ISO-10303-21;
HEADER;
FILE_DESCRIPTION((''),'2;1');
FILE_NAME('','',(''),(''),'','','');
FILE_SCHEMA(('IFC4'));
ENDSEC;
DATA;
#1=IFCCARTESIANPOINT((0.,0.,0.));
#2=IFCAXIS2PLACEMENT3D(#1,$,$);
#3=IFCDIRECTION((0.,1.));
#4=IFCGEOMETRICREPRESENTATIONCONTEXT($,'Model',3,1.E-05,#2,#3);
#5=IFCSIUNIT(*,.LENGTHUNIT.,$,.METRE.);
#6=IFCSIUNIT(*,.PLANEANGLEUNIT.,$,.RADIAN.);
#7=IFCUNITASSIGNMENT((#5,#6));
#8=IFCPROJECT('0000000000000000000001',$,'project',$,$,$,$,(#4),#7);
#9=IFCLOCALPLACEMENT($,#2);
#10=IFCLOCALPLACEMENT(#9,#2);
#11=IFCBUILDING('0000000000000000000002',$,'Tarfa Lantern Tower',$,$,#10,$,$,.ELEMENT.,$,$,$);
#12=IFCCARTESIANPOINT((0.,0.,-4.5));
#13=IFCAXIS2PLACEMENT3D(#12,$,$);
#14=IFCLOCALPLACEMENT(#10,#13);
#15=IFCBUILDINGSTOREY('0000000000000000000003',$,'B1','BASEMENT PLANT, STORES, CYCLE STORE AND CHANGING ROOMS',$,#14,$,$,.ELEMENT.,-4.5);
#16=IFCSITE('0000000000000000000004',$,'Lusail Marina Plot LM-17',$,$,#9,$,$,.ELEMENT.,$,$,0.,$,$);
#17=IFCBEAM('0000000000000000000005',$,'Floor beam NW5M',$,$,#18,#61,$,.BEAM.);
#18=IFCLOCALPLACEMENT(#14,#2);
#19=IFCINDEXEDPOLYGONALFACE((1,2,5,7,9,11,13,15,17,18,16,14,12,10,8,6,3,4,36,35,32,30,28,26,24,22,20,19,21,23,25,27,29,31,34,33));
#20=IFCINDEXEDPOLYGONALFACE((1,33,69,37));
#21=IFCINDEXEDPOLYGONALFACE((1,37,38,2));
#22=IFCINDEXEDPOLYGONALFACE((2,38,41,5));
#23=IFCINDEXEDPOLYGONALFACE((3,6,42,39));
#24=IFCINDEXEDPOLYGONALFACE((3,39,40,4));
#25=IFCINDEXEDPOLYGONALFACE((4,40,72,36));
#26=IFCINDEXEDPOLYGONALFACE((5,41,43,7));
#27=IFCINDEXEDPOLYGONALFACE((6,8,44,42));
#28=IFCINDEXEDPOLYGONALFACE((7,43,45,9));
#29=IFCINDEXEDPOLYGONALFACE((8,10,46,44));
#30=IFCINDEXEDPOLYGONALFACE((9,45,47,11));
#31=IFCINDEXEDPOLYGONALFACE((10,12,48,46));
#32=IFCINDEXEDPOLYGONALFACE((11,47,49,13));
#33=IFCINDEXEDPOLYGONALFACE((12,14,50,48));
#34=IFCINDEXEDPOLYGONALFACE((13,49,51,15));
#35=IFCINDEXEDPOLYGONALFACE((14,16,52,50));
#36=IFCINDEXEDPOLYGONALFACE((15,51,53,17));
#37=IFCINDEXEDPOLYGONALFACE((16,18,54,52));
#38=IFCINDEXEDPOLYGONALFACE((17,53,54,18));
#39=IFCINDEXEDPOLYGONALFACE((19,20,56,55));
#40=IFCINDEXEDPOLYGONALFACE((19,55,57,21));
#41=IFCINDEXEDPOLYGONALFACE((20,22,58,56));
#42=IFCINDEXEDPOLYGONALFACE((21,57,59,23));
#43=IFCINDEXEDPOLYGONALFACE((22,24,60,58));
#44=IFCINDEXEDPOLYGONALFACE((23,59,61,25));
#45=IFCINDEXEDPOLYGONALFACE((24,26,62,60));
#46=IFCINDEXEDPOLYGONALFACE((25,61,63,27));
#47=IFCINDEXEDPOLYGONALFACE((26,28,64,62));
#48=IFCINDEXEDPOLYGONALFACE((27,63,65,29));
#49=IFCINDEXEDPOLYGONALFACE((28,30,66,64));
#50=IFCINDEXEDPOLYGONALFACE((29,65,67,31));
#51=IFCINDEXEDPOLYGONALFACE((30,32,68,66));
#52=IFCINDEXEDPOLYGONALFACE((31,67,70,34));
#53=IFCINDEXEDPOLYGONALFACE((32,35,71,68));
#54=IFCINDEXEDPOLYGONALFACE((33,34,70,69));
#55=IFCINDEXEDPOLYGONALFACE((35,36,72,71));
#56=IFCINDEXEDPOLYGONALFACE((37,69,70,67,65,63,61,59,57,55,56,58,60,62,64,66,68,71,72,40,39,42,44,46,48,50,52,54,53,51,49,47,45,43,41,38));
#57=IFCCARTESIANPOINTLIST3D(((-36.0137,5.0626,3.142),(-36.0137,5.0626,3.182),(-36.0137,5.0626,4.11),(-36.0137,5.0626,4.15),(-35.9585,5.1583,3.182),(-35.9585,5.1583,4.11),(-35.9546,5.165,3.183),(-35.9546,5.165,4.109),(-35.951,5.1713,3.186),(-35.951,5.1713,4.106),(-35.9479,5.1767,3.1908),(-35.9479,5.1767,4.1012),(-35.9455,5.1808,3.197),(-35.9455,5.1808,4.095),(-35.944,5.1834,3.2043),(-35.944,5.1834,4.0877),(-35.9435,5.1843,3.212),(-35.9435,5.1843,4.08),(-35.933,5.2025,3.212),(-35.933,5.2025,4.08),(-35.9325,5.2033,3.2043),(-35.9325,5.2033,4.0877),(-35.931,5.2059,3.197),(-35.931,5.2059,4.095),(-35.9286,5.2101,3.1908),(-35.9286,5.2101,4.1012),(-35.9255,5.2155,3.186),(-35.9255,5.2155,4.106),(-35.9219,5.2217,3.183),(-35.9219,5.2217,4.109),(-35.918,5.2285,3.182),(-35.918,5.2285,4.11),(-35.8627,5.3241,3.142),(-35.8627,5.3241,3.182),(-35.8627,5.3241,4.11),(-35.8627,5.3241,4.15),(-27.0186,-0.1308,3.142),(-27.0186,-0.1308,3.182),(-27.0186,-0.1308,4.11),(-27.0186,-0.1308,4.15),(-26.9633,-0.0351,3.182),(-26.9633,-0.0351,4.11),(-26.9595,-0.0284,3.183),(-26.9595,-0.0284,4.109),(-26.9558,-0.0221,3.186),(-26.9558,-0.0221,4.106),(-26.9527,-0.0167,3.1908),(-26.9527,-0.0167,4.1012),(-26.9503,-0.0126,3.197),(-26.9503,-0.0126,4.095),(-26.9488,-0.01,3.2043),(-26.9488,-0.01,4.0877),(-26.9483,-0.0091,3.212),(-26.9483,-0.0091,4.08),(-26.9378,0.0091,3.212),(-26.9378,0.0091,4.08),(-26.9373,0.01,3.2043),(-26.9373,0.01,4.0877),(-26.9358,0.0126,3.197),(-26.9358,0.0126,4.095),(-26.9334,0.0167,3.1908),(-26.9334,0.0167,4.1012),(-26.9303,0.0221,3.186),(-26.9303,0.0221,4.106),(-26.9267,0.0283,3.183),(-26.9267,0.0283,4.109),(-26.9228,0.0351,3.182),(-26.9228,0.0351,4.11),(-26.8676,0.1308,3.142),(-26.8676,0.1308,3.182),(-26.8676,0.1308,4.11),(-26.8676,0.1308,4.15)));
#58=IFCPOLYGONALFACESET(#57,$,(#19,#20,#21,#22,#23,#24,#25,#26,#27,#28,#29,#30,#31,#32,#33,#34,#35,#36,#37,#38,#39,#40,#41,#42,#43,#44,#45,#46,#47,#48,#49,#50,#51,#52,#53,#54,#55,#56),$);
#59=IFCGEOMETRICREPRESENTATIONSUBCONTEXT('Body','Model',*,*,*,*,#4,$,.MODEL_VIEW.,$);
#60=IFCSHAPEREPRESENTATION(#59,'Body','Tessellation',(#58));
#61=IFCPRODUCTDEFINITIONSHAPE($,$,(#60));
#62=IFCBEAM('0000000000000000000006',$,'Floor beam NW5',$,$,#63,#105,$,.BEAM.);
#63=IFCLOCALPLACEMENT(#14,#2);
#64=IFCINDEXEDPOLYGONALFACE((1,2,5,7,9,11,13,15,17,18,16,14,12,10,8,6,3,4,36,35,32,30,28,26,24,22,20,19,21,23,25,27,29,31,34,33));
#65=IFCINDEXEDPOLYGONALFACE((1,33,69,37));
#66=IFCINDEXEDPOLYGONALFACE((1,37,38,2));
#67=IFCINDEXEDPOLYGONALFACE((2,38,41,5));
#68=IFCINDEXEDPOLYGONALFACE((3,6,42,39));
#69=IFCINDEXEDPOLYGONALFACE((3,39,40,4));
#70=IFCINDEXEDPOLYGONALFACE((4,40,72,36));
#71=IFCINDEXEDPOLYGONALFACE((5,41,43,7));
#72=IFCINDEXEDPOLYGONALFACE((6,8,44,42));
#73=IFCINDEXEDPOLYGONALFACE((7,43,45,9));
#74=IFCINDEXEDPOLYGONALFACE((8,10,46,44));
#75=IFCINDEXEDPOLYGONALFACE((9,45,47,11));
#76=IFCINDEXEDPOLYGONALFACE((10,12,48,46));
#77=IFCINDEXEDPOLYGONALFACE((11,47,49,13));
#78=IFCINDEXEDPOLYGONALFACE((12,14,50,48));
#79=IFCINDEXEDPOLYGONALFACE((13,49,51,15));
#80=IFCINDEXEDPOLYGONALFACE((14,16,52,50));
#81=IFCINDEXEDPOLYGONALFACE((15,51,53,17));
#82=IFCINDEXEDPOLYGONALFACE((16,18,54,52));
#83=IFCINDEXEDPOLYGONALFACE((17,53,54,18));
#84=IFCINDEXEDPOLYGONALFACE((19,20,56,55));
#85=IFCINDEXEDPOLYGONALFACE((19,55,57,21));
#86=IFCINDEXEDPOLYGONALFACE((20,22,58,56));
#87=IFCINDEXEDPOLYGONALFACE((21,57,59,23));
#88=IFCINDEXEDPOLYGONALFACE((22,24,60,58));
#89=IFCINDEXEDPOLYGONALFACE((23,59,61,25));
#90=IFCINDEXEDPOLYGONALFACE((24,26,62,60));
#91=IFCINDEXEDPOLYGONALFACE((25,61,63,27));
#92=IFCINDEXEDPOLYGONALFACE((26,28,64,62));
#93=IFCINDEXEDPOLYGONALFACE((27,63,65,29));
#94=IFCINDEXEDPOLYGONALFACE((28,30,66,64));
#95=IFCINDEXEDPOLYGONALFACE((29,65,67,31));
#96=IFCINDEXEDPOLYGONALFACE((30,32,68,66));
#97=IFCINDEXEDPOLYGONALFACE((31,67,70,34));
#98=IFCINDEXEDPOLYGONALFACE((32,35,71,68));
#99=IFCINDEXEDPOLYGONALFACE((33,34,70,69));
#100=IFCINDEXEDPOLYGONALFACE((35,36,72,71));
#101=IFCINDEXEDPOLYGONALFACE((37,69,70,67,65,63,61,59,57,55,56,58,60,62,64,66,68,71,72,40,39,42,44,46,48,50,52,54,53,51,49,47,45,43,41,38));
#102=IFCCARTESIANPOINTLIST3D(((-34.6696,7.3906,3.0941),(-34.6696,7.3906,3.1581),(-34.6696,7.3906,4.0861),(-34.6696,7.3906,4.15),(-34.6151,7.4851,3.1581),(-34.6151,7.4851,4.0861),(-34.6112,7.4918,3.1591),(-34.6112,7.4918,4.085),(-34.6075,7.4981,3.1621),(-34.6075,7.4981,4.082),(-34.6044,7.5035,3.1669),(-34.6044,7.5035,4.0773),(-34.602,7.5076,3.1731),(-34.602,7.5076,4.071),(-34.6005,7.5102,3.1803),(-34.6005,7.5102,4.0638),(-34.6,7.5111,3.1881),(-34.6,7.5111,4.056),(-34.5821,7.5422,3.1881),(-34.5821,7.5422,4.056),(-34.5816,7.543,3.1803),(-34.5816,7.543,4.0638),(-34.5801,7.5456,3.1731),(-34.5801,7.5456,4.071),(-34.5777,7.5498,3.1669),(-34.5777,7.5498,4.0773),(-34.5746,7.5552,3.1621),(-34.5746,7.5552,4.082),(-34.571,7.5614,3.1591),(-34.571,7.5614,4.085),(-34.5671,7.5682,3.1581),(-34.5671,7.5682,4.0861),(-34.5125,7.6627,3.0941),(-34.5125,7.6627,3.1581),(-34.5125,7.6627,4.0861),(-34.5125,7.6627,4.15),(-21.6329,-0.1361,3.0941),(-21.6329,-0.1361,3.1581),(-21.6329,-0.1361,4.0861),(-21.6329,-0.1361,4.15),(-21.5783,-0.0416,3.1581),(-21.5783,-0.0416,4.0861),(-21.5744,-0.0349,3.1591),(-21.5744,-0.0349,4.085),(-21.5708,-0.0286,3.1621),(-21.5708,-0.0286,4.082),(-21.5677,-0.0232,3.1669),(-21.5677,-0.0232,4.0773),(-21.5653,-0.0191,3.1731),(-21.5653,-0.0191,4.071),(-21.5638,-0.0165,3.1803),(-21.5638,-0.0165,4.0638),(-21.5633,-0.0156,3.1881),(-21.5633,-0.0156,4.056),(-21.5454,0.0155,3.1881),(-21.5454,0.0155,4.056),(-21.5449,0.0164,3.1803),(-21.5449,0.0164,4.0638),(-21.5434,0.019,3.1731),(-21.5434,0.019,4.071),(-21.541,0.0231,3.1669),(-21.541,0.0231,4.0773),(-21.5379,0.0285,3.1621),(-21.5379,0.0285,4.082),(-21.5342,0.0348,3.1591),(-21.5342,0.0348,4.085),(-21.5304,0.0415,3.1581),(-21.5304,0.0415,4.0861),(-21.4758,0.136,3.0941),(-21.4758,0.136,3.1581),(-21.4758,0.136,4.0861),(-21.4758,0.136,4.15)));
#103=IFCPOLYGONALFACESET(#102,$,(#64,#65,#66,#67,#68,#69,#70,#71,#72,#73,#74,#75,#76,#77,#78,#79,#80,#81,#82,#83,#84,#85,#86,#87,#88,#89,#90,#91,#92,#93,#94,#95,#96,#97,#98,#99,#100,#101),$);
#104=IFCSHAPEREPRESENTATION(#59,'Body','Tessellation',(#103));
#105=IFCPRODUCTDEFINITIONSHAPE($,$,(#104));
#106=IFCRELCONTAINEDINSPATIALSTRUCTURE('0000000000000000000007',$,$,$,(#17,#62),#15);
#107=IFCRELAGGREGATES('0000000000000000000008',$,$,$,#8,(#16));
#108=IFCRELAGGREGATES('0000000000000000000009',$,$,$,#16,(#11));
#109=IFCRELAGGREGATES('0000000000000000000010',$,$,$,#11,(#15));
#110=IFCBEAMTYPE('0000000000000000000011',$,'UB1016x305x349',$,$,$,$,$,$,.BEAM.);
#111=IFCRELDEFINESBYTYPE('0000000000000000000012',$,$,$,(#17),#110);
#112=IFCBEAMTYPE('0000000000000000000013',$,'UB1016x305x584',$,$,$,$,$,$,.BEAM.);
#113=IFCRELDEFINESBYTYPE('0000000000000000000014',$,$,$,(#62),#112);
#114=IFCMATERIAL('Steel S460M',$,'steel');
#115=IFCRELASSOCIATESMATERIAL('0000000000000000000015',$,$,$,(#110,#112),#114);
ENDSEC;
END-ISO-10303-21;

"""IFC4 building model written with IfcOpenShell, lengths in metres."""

from ifc_helpers import new_model, si_unit, direction, frame, origin, origin_2d, place, context, subcontext, project, spatial, i_section, extrude, material, material_profile, profile_set, type_object, element, save


model = new_model("IFC4")

# Units and contexts
model_context = context("Model", 3, precision=1e-05, world=origin(), true_north=direction((0.0, 1.0)))
body_context = subcontext(model_context, "Body", "Model", "MODEL_VIEW")
ifc_project = project(units=[si_unit("LENGTHUNIT", "METRE"), si_unit("PLANEANGLEUNIT", "RADIAN")], contexts=[model_context])

# Site, building, storey
site_placement = place(None, origin())
site = spatial("IfcSite", under=ifc_project, at=site_placement, Name="Lusail Marina Plot LM-17", CompositionType="ELEMENT", RefElevation=0.0)
building_placement = place(site_placement, origin())
building = spatial("IfcBuilding", under=site, at=building_placement, Name="Tarfa Lantern Tower", CompositionType="ELEMENT")
storey_placement = place(building_placement, frame((0.0, 0.0, -4.5)))
storey = spatial("IfcBuildingStorey", under=building, at=storey_placement, Name="B1", Description="BASEMENT PLANT, STORES, CYCLE STORE AND CHANGING ROOMS", CompositionType="ELEMENT", Elevation=-4.5)

# Beams
ifc_material_1 = material(Name="Steel S460M", Category="steel")
ifc_material_profile_1 = material_profile(ifc_material_1, i_section(OverallWidth=0.302, OverallDepth=1.0081, WebThickness=0.021, FlangeThickness=0.04, FilletRadius=0.03, at=origin_2d()), Name="UB1016x305x349")
ifc_profile_set_1 = profile_set([ifc_material_profile_1], Name="Steel S460M")
beam_type_1 = type_object("IfcBeamType", Name="UB1016x305x349", PredefinedType="BEAM", material=ifc_profile_set_1)
beam_1_placement = place(storey_placement, frame((-35.9382, 5.1934, 3.646), z_axis=(0.866024, -0.500002, 0.0), x_axis=(0.500002, 0.866024, 0.0)))
element("IfcBeam", 1, at=beam_1_placement, inside=storey, type_object=beam_type_1, Name="Floor beam NW5M", PredefinedType="BEAM", context=body_context, shape_type="SweptSolid", body=[
    extrude(i_section(OverallWidth=0.302, OverallDepth=1.0081, WebThickness=0.021, FlangeThickness=0.04, FilletRadius=0.03, at=origin_2d()), origin(), (0.0, 0.0, 1.0), 10.3867),
])
ifc_material_profile_2 = material_profile(ifc_material_1, i_section(OverallWidth=0.3142, OverallDepth=1.0559, WebThickness=0.0359, FlangeThickness=0.064, FilletRadius=0.03, at=origin_2d()), Name="UB1016x305x584")
ifc_profile_set_2 = profile_set([ifc_material_profile_2], Name="Steel S460M")
beam_type_2 = type_object("IfcBeamType", Name="UB1016x305x584", PredefinedType="BEAM", material=ifc_profile_set_2)
beam_2_placement = place(storey_placement, frame((-34.5911, 7.5266, 3.6221), z_axis=(0.866028, -0.499996, 0.0), x_axis=(0.499996, 0.866028, 0.0)))
element("IfcBeam", 2, at=beam_2_placement, inside=storey, type_object=beam_type_2, Name="Floor beam NW5", PredefinedType="BEAM", context=body_context, shape_type="SweptSolid", body=[
    extrude(i_section(OverallWidth=0.3142, OverallDepth=1.0559, WebThickness=0.0359, FlangeThickness=0.064, FilletRadius=0.03, at=origin_2d()), origin(), (0.0, 0.0, 1.0), 15.0535),
])

save(model, "model.ifc")
